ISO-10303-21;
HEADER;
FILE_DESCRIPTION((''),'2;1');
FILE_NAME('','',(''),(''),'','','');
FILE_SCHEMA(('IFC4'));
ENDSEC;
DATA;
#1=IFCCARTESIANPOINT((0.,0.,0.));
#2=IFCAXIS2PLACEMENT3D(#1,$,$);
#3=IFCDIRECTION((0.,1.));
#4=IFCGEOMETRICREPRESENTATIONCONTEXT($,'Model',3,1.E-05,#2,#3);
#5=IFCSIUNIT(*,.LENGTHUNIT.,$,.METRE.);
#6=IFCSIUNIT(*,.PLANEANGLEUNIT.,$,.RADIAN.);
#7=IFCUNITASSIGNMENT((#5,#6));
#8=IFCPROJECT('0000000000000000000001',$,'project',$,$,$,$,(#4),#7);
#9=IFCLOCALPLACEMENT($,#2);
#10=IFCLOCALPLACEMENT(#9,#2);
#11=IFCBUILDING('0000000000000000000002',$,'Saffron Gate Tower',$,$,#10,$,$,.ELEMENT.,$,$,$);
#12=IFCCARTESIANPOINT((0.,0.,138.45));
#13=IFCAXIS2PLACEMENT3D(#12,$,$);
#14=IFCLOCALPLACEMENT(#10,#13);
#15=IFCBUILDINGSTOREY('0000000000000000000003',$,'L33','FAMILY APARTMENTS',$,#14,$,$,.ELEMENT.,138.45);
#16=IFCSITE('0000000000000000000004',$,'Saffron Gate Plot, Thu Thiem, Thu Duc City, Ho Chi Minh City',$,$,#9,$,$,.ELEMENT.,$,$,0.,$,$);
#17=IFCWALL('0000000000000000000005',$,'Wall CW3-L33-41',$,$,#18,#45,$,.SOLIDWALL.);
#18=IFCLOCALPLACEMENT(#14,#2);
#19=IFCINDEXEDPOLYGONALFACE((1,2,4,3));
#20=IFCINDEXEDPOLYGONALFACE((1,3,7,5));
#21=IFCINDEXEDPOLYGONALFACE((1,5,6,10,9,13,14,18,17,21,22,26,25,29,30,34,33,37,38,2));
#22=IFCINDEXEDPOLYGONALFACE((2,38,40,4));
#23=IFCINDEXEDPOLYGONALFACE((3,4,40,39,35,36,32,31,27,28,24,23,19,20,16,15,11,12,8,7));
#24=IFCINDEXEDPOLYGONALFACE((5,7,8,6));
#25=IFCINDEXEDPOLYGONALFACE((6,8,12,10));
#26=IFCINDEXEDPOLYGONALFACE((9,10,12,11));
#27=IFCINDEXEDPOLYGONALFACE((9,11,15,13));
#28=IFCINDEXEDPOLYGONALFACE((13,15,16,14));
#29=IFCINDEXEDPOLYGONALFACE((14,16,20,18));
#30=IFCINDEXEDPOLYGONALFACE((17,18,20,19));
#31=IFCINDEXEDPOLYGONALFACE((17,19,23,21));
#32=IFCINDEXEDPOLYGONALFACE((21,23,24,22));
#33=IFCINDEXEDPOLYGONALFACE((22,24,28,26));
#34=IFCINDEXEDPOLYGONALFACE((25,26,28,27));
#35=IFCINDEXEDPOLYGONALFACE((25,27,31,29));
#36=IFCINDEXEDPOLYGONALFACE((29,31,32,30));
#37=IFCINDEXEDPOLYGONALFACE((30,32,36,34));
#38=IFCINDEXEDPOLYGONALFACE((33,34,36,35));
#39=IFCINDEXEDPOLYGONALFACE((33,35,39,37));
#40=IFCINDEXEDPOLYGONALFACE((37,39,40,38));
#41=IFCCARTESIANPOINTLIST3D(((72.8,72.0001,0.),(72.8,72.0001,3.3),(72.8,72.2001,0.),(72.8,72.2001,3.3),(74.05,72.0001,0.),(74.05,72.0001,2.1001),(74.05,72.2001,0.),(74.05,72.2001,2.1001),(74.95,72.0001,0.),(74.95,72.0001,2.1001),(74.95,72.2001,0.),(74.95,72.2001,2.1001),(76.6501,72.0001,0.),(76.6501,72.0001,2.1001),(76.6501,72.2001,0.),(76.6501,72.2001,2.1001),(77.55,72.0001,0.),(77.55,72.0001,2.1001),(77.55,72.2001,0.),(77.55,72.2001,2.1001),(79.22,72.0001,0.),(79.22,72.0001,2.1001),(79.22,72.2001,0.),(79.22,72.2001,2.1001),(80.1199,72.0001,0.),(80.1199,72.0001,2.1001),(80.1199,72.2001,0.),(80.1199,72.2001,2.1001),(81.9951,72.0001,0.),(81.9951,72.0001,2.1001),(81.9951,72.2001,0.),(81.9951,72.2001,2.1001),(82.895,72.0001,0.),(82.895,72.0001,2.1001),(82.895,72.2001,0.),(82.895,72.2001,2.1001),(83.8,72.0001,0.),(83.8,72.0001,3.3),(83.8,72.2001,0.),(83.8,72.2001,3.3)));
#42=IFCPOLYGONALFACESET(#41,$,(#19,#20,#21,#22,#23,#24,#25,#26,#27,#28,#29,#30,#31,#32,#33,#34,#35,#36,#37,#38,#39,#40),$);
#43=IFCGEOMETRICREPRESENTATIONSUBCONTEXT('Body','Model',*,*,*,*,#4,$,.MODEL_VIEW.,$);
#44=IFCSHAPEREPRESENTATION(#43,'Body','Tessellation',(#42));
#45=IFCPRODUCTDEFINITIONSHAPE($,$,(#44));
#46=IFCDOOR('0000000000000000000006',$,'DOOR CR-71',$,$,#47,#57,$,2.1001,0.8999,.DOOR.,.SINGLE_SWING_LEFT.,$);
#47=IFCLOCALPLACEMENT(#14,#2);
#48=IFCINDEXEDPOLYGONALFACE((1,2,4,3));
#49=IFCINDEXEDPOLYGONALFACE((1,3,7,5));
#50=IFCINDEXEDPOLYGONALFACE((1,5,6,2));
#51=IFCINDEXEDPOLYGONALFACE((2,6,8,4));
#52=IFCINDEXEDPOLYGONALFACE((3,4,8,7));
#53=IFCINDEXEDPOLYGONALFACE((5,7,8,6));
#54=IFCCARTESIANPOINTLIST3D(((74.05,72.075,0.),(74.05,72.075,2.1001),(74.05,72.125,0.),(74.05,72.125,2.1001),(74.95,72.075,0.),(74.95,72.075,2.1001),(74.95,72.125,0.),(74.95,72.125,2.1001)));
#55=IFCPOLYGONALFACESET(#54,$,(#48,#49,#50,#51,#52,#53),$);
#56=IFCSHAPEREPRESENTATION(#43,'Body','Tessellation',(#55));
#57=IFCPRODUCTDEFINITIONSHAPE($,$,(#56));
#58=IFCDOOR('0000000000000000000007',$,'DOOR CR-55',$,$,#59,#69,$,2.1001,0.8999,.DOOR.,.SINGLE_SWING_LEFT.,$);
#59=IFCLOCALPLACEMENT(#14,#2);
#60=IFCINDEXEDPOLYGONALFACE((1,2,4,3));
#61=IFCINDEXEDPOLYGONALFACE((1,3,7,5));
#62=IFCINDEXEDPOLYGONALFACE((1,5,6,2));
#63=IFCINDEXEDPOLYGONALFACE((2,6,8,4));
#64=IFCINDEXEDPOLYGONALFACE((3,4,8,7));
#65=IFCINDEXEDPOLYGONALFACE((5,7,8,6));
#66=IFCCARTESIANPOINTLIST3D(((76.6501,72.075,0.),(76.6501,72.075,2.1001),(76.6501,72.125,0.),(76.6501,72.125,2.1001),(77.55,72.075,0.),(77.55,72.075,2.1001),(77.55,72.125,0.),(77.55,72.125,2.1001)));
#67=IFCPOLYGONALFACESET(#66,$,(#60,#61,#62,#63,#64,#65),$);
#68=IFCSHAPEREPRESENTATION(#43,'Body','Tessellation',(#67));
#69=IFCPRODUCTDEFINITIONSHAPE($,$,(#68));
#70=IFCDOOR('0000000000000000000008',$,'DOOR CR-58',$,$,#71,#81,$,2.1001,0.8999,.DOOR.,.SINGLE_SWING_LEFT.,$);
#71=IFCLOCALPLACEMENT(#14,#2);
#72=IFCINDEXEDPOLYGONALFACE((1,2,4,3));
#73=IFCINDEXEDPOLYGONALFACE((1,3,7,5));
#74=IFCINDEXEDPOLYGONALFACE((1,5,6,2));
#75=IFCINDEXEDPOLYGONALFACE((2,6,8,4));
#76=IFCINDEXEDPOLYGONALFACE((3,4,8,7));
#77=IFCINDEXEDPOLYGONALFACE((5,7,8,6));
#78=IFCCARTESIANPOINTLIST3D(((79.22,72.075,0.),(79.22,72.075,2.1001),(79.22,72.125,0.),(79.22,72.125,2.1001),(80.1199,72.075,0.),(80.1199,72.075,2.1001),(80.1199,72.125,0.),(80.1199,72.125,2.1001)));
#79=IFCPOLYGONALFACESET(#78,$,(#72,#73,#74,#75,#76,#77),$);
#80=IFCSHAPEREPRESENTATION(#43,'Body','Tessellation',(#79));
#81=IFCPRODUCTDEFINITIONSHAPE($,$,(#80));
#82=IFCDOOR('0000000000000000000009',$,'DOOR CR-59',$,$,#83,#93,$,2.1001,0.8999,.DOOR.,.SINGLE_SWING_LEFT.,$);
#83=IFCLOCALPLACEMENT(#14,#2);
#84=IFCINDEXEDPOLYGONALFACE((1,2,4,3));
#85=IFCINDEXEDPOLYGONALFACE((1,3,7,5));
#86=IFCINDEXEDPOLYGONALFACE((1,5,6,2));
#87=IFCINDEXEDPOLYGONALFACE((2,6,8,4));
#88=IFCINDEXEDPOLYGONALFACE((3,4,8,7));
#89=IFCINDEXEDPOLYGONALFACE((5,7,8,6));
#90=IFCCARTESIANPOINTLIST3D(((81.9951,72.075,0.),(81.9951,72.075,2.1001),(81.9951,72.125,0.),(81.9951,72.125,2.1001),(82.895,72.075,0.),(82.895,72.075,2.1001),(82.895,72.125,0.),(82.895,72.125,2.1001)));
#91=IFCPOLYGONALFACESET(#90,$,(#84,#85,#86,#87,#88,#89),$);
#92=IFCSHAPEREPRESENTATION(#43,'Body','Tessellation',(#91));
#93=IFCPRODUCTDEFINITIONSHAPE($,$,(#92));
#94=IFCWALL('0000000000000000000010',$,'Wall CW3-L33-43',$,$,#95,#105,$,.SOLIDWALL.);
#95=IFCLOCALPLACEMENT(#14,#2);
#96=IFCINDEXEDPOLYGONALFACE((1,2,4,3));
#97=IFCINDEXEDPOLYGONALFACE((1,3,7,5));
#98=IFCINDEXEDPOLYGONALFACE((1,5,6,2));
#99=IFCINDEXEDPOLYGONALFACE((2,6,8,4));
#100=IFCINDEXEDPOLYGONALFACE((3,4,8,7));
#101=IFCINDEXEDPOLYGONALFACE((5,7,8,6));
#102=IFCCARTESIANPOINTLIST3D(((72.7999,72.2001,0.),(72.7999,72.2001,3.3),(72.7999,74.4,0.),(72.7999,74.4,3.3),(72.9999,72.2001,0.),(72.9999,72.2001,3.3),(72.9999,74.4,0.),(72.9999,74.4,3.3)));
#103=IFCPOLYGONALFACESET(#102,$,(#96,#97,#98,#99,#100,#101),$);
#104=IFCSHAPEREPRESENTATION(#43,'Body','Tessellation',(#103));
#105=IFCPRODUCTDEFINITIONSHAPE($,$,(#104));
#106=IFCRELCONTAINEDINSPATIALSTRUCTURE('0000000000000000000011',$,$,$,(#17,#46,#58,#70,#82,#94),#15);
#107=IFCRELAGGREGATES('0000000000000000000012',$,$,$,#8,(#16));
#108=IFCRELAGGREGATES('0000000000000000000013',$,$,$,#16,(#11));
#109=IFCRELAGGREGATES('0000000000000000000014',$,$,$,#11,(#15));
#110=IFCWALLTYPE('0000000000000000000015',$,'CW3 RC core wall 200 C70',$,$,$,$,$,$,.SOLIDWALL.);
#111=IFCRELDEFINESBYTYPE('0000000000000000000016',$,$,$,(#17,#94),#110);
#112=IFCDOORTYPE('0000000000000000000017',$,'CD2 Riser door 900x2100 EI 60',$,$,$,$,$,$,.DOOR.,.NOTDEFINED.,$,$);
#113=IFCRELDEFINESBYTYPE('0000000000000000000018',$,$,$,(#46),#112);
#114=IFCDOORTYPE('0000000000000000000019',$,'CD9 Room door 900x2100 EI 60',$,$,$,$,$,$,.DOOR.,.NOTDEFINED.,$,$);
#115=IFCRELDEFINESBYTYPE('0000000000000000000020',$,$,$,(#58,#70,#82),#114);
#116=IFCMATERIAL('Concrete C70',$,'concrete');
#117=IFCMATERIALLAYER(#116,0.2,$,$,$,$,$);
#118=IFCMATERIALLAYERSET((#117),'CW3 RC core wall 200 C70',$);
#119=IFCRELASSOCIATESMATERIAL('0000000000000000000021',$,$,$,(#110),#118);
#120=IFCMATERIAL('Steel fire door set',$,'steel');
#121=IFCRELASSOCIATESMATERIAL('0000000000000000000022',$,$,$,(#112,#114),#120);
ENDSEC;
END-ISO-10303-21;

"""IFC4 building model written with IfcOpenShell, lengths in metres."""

from ifc_helpers import new_model, si_unit, direction, frame, frame_2d, origin, place, context, subcontext, project, spatial, rectangle, extrude, material, layer, layer_set, type_object, element, fill, save


model = new_model("IFC4")

# Units and contexts
model_context = context("Model", 3, precision=1e-05, world=origin(), true_north=direction((0.0, 1.0)))
body_context = subcontext(model_context, "Body", "Model", "MODEL_VIEW")
ifc_project = project(units=[si_unit("LENGTHUNIT", "METRE"), si_unit("PLANEANGLEUNIT", "RADIAN")], contexts=[model_context])

# Site, building, storey
site_placement = place(None, origin())
site = spatial("IfcSite", under=ifc_project, at=site_placement, Name="Saffron Gate Plot, Thu Thiem, Thu Duc City, Ho Chi Minh City", CompositionType="ELEMENT", RefElevation=0.0)
building_placement = place(site_placement, origin())
building = spatial("IfcBuilding", under=site, at=building_placement, Name="Saffron Gate Tower", CompositionType="ELEMENT")
storey_placement = place(building_placement, frame((0.0, 0.0, 138.45)))
storey = spatial("IfcBuildingStorey", under=building, at=storey_placement, Name="L33", Description="FAMILY APARTMENTS", CompositionType="ELEMENT", Elevation=138.45)

# Shared definitions
ifc_material_1 = material(Name="Concrete C70", Category="concrete")
ifc_layer_1 = layer(ifc_material_1, 0.2)
ifc_layer_set_1 = layer_set([ifc_layer_1], Name="CW3 RC core wall 200 C70")
wall_type_1 = type_object("IfcWallType", Name="CW3 RC core wall 200 C70", PredefinedType="SOLIDWALL", material=ifc_layer_set_1)

# Wall, openings, doors
wall_1_placement = place(storey_placement, frame((72.8, 72.1001, 0.0), z_axis=(0.0, 0.0, 1.0), x_axis=(1.0, 0.0, 0.0)))
wall_1 = element("IfcWall", 1, at=wall_1_placement, inside=storey, type_object=wall_type_1, Name="Wall CW3-L33-41", PredefinedType="SOLIDWALL", context=body_context, shape_type="SweptSolid", body=[
    extrude(rectangle(XDim=11.0, YDim=0.2, at=frame_2d((5.5, 0.0))), origin(), (0.0, 0.0, 1.0), 3.3),
])
opening_1_placement = place(wall_1_placement, frame((1.25, 0.0, 0.0)))
opening_1 = element("IfcOpeningElement", 2, at=opening_1_placement, cuts=wall_1, PredefinedType="OPENING", context=body_context, shape_type="SweptSolid", body=[
    extrude(rectangle(XDim=0.8999, YDim=2.1001, at=frame_2d((0.45, 1.05))), frame((0.0, 0.1099, 0.0), z_axis=(0.0, -1.0, 0.0), x_axis=(1.0, 0.0, 0.0)), (0.0, 0.0, 1.0), 0.22),
])
opening_2_placement = place(wall_1_placement, frame((3.8501, 0.0, 0.0)))
opening_2 = element("IfcOpeningElement", 3, at=opening_2_placement, cuts=wall_1, PredefinedType="OPENING", context=body_context, shape_type="SweptSolid", body=[
    extrude(rectangle(XDim=0.8999, YDim=2.1001, at=frame_2d((0.45, 1.05))), frame((0.0, 0.1099, 0.0), z_axis=(0.0, -1.0, 0.0), x_axis=(1.0, 0.0, 0.0)), (0.0, 0.0, 1.0), 0.22),
])
opening_3_placement = place(wall_1_placement, frame((6.4199, 0.0, 0.0)))
opening_3 = element("IfcOpeningElement", 4, at=opening_3_placement, cuts=wall_1, PredefinedType="OPENING", context=body_context, shape_type="SweptSolid", body=[
    extrude(rectangle(XDim=0.8999, YDim=2.1001, at=frame_2d((0.45, 1.05))), frame((0.0, 0.1099, 0.0), z_axis=(0.0, -1.0, 0.0), x_axis=(1.0, 0.0, 0.0)), (0.0, 0.0, 1.0), 0.22),
])
opening_4_placement = place(wall_1_placement, frame((9.1951, 0.0, 0.0)))
opening_4 = element("IfcOpeningElement", 5, at=opening_4_placement, cuts=wall_1, PredefinedType="OPENING", context=body_context, shape_type="SweptSolid", body=[
    extrude(rectangle(XDim=0.8999, YDim=2.1001, at=frame_2d((0.45, 1.05))), frame((0.0, 0.1099, 0.0), z_axis=(0.0, -1.0, 0.0), x_axis=(1.0, 0.0, 0.0)), (0.0, 0.0, 1.0), 0.22),
])
ifc_material_2 = material(Name="Steel fire door set", Category="steel")
door_type_1 = type_object("IfcDoorType", Name="CD2 Riser door 900x2100 EI 60", OperationType="NOTDEFINED", PredefinedType="DOOR", material=ifc_material_2)
door_1_placement = place(opening_1_placement, origin())
door_1 = element("IfcDoor", 6, at=door_1_placement, inside=storey, type_object=door_type_1, Name="DOOR CR-71", OperationType="SINGLE_SWING_LEFT", OverallHeight=2.1001, OverallWidth=0.8999, PredefinedType="DOOR", context=body_context, shape_type="SweptSolid", body=[
    extrude(rectangle(XDim=0.8999, YDim=2.1001, at=frame_2d((0.45, 1.05))), frame((0.0, 0.0249, 0.0), z_axis=(0.0, -1.0, 0.0), x_axis=(1.0, 0.0, 0.0)), (0.0, 0.0, 1.0), 0.05),
])
fill(opening_1, door_1)
door_type_2 = type_object("IfcDoorType", Name="CD9 Room door 900x2100 EI 60", OperationType="NOTDEFINED", PredefinedType="DOOR", material=ifc_material_2)
door_2_placement = place(opening_2_placement, origin())
door_2 = element("IfcDoor", 7, at=door_2_placement, inside=storey, type_object=door_type_2, Name="DOOR CR-55", OperationType="SINGLE_SWING_LEFT", OverallHeight=2.1001, OverallWidth=0.8999, PredefinedType="DOOR", context=body_context, shape_type="SweptSolid", body=[
    extrude(rectangle(XDim=0.8999, YDim=2.1001, at=frame_2d((0.45, 1.05))), frame((0.0, 0.0249, 0.0), z_axis=(0.0, -1.0, 0.0), x_axis=(1.0, 0.0, 0.0)), (0.0, 0.0, 1.0), 0.05),
])
fill(opening_2, door_2)
door_3_placement = place(opening_3_placement, origin())
door_3 = element("IfcDoor", 8, at=door_3_placement, inside=storey, type_object=door_type_2, Name="DOOR CR-58", OperationType="SINGLE_SWING_LEFT", OverallHeight=2.1001, OverallWidth=0.8999, PredefinedType="DOOR", context=body_context, shape_type="SweptSolid", body=[
    extrude(rectangle(XDim=0.8999, YDim=2.1001, at=frame_2d((0.45, 1.05))), frame((0.0, 0.0249, 0.0), z_axis=(0.0, -1.0, 0.0), x_axis=(1.0, 0.0, 0.0)), (0.0, 0.0, 1.0), 0.05),
])
fill(opening_3, door_3)
door_4_placement = place(opening_4_placement, origin())
door_4 = element("IfcDoor", 9, at=door_4_placement, inside=storey, type_object=door_type_2, Name="DOOR CR-59", OperationType="SINGLE_SWING_LEFT", OverallHeight=2.1001, OverallWidth=0.8999, PredefinedType="DOOR", context=body_context, shape_type="SweptSolid", body=[
    extrude(rectangle(XDim=0.8999, YDim=2.1001, at=frame_2d((0.45, 1.05))), frame((0.0, 0.0249, 0.0), z_axis=(0.0, -1.0, 0.0), x_axis=(1.0, 0.0, 0.0)), (0.0, 0.0, 1.0), 0.05),
])
fill(opening_4, door_4)

# Wall
wall_2_placement = place(storey_placement, frame((72.8999, 72.2, 0.0), z_axis=(0.0, 0.0, 1.0), x_axis=(0.0, 1.0, 0.0)))
element("IfcWall", 10, at=wall_2_placement, inside=storey, type_object=wall_type_1, Name="Wall CW3-L33-43", PredefinedType="SOLIDWALL", context=body_context, shape_type="SweptSolid", body=[
    extrude(rectangle(XDim=2.2, YDim=0.2, at=frame_2d((1.1001, 0.0))), origin(), (0.0, 0.0, 1.0), 3.3),
])

save(model, "model.ifc")
